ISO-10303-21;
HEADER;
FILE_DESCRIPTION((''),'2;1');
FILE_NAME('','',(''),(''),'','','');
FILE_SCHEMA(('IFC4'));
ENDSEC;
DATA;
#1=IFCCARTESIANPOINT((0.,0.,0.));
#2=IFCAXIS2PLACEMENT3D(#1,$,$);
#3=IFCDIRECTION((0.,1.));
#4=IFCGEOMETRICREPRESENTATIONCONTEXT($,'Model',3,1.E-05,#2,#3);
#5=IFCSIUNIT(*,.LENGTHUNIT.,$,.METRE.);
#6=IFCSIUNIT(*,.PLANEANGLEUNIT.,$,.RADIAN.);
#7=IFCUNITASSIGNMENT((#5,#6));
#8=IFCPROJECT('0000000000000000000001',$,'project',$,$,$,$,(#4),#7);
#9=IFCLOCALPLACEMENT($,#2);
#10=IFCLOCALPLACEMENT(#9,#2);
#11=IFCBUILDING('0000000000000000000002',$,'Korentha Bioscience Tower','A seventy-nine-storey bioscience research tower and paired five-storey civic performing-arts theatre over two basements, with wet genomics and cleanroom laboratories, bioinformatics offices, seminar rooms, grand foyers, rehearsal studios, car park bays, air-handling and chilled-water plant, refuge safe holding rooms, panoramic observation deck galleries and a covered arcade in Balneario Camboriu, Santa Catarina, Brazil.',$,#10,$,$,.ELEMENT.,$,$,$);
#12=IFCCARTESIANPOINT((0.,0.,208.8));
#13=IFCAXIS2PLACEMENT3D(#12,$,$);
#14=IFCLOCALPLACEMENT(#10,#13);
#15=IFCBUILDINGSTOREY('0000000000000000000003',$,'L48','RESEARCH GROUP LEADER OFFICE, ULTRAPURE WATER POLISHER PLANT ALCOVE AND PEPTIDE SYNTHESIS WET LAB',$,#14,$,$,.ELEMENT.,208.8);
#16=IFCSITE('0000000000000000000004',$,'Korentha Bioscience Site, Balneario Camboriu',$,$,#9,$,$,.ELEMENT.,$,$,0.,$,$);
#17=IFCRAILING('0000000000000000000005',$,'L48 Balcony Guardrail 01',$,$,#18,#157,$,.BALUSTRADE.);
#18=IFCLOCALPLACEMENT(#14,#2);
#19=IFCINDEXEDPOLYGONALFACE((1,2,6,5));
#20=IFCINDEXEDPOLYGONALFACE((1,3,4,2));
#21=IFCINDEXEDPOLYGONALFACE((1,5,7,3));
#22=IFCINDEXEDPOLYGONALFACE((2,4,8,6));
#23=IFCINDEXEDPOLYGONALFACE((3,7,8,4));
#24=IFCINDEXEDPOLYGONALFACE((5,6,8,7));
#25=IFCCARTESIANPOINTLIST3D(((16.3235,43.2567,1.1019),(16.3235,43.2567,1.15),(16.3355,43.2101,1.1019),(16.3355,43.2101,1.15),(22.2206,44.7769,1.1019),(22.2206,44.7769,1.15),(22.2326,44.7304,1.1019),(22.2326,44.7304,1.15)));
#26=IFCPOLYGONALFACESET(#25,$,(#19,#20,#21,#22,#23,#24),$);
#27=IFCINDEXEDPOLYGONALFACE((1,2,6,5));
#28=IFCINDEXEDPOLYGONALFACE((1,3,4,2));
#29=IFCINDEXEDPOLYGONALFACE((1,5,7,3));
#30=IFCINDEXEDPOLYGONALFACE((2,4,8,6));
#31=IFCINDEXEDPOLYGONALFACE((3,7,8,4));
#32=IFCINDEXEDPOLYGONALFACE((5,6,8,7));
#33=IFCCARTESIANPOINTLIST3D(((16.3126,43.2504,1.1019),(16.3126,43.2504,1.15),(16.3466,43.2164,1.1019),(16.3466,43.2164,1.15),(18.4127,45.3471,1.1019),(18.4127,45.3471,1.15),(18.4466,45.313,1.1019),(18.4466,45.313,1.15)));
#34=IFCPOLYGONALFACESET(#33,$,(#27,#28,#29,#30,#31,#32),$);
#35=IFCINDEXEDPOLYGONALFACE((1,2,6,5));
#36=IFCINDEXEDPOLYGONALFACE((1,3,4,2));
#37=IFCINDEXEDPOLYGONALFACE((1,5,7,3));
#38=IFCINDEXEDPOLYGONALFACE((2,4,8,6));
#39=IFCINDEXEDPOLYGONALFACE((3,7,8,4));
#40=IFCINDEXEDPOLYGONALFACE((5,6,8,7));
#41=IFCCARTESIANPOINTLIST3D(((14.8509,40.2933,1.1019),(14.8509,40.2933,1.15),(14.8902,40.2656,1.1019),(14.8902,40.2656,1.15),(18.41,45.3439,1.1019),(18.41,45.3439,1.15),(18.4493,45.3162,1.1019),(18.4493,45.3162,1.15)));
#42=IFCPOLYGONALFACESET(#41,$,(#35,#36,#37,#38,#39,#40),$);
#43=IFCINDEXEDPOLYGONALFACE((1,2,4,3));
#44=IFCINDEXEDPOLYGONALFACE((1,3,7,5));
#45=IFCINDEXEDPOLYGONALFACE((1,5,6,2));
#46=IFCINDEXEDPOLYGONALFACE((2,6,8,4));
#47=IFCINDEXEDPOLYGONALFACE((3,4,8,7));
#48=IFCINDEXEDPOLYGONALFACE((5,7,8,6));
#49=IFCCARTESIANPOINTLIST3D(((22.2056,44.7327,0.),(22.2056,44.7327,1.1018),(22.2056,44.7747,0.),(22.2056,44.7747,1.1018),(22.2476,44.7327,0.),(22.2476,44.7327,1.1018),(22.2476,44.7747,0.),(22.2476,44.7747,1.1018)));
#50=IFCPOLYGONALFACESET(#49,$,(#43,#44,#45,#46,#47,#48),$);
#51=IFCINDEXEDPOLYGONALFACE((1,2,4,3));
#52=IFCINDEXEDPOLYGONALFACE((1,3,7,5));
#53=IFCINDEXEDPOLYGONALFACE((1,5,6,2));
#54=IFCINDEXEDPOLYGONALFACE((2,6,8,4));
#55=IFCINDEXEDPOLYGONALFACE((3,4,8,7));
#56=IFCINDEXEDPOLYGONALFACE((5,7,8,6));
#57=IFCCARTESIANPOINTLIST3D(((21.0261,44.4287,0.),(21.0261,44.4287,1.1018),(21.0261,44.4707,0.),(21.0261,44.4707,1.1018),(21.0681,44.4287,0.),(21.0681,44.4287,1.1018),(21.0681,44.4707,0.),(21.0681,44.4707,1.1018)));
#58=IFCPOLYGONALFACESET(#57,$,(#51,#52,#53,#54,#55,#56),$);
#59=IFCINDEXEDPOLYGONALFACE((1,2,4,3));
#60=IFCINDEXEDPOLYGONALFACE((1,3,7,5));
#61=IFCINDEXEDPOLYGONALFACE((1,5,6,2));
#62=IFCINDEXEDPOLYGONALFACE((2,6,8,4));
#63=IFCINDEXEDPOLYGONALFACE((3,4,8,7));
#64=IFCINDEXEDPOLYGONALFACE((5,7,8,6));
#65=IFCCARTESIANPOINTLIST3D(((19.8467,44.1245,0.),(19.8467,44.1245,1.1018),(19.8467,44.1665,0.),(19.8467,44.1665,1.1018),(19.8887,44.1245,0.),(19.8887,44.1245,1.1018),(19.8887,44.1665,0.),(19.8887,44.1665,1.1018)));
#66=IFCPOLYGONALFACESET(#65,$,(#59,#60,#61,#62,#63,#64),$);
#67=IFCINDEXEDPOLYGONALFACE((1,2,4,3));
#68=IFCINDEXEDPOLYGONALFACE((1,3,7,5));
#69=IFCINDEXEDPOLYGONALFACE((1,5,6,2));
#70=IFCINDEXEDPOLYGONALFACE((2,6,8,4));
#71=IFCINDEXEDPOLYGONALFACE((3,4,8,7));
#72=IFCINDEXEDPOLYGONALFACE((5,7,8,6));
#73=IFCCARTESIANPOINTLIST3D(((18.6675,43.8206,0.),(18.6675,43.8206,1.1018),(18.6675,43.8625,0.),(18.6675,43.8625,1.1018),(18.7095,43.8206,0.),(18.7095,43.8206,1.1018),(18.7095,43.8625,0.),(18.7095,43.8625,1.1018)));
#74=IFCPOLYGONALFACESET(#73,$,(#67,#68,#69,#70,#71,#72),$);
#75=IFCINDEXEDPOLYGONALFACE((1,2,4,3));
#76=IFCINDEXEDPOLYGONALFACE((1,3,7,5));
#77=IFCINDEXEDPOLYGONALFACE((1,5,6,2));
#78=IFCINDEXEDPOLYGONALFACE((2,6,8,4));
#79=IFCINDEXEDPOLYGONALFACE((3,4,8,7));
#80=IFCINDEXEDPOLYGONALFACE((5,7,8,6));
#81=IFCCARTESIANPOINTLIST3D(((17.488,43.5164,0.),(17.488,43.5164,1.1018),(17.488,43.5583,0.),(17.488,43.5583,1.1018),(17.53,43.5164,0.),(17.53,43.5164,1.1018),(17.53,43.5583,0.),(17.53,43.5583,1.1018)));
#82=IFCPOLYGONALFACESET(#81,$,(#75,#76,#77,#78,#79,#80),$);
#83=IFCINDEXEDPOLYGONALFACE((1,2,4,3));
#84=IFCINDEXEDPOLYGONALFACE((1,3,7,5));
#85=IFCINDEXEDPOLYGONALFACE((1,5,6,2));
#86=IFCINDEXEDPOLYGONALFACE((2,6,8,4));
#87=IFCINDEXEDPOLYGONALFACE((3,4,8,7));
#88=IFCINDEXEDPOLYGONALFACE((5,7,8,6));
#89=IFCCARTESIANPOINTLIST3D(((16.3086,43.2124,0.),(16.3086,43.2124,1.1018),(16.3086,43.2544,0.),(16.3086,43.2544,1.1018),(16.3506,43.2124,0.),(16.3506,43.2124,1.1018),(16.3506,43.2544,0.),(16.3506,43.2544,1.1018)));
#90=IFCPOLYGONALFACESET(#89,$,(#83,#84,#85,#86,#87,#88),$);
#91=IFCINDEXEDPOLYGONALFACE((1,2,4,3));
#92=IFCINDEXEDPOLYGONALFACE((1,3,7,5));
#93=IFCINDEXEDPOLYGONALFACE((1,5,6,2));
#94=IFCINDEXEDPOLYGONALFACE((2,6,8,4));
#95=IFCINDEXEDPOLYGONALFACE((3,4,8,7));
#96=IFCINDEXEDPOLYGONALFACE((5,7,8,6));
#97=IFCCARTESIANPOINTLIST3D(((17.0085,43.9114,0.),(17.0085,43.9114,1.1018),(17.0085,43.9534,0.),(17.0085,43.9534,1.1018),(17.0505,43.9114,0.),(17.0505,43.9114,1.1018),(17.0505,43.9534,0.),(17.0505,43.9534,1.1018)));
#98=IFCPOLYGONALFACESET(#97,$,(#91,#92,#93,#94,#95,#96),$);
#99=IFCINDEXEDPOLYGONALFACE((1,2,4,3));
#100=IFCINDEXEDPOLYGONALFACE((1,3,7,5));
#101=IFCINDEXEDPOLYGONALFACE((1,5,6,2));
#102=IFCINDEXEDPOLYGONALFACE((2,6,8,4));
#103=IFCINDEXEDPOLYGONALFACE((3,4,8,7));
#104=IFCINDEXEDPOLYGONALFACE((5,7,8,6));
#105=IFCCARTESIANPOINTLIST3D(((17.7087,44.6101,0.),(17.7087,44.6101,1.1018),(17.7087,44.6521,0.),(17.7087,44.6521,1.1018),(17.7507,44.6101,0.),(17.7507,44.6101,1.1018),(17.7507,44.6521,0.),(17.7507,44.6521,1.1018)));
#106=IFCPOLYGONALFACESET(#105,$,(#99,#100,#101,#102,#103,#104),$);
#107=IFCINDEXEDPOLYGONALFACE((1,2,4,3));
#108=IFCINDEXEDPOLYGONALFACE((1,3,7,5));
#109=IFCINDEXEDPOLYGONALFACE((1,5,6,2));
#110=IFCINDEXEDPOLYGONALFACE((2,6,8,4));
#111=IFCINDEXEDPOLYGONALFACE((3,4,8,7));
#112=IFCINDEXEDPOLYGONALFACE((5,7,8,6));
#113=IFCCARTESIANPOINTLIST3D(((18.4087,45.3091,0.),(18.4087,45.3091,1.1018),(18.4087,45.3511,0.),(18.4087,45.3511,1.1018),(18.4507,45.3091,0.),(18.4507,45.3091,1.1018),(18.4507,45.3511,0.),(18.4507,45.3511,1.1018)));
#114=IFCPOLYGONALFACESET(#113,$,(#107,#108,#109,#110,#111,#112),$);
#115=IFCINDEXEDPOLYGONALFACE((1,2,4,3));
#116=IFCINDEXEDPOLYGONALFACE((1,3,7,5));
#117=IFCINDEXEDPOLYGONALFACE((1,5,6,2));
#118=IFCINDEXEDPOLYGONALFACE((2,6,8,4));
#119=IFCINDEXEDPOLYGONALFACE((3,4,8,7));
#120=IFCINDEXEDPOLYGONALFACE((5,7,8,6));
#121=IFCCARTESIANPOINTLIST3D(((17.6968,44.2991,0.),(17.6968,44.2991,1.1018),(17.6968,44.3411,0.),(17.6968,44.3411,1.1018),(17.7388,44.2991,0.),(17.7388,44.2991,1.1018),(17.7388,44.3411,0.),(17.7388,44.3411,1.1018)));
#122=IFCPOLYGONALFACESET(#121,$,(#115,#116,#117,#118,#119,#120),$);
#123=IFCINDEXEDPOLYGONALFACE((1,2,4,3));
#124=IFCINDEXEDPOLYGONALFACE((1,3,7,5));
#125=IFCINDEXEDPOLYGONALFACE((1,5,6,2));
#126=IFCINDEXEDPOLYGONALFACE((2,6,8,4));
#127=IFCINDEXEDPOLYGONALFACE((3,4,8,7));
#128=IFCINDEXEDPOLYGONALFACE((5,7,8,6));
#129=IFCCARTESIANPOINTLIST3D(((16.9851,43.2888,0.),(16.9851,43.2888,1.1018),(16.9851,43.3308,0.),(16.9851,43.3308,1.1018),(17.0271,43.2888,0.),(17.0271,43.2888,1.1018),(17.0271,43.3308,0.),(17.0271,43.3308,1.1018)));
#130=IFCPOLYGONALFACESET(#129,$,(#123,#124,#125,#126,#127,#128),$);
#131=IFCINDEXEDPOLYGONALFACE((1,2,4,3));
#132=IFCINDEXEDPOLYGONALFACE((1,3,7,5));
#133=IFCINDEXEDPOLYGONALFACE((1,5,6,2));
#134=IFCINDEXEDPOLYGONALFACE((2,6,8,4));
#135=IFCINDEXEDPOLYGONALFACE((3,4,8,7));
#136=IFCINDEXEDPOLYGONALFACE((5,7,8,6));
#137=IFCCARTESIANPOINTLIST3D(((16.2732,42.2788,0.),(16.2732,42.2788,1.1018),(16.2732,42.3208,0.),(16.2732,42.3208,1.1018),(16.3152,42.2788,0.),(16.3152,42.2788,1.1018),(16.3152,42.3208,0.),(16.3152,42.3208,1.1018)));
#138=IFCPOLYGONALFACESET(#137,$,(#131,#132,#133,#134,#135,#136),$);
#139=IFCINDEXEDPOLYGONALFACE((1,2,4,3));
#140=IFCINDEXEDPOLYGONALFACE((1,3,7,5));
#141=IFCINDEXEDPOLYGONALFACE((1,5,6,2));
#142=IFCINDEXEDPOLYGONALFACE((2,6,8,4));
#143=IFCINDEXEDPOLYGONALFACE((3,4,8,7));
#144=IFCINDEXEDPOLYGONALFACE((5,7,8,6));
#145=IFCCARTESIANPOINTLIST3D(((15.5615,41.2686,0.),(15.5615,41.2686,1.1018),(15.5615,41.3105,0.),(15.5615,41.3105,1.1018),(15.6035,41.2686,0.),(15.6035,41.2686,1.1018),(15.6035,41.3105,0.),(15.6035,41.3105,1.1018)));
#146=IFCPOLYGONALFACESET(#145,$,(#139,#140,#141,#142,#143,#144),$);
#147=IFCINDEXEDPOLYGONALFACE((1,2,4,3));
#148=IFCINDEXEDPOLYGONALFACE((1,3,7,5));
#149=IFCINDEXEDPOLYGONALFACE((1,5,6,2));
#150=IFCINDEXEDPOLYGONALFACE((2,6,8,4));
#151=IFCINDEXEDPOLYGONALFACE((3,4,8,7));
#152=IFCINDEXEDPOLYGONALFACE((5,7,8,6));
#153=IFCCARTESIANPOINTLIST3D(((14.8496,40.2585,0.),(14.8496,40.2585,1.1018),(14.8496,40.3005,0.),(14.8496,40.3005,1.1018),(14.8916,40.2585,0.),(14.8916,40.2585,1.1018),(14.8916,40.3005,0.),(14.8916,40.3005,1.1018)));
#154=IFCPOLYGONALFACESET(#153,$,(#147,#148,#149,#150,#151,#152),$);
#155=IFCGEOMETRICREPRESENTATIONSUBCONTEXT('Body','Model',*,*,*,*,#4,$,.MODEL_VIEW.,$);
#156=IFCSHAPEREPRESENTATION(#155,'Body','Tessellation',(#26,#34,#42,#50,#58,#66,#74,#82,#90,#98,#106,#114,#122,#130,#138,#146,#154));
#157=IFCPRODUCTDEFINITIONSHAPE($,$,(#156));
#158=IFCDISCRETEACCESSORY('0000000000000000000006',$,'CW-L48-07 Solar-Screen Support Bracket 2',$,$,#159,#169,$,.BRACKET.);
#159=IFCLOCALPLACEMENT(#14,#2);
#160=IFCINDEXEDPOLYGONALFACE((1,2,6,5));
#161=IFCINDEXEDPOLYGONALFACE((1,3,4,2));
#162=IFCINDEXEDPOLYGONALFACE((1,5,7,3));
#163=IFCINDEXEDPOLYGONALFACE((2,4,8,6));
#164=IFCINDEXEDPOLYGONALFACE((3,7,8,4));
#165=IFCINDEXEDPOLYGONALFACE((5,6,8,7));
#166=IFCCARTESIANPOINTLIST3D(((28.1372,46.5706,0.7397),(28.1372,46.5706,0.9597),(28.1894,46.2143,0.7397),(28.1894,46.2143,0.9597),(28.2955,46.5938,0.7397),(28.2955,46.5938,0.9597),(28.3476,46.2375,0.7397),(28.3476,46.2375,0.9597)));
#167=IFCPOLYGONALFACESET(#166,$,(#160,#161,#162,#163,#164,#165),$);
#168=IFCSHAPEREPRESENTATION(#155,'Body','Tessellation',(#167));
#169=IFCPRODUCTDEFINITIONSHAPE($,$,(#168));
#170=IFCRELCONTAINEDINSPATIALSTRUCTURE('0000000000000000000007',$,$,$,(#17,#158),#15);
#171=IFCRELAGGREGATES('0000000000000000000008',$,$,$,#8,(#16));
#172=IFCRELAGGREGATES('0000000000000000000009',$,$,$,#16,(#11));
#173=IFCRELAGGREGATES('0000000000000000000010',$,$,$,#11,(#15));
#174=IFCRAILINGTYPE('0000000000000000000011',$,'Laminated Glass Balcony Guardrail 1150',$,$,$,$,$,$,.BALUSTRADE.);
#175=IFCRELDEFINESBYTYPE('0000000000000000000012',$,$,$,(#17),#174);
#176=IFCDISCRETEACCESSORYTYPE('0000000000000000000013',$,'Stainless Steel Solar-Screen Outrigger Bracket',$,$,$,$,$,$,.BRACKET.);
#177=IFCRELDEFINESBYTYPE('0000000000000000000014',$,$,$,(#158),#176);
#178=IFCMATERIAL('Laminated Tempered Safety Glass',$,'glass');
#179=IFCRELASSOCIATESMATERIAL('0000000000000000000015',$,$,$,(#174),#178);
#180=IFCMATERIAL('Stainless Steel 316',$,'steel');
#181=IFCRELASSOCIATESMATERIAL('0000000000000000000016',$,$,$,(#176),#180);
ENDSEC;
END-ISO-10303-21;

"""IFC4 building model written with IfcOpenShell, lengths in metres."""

from ifc_helpers import new_model, si_unit, direction, frame, origin, origin_2d, place, context, subcontext, project, spatial, rectangle, extrude, material, type_object, element, save


model = new_model("IFC4")

# Units and contexts
model_context = context("Model", 3, precision=1e-05, world=origin(), true_north=direction((0.0, 1.0)))
body_context = subcontext(model_context, "Body", "Model", "MODEL_VIEW")
ifc_project = project(units=[si_unit("LENGTHUNIT", "METRE"), si_unit("PLANEANGLEUNIT", "RADIAN")], contexts=[model_context])

# Site, building, storey
site_placement = place(None, origin())
site = spatial("IfcSite", under=ifc_project, at=site_placement, Name="Korentha Bioscience Site, Balneario Camboriu", CompositionType="ELEMENT", RefElevation=0.0)
building_placement = place(site_placement, origin())
building = spatial("IfcBuilding", under=site, at=building_placement, Name="Korentha Bioscience Tower", Description="A seventy-nine-storey bioscience research tower and paired five-storey civic performing-arts theatre over two basements, with wet genomics and cleanroom laboratories, bioinformatics offices, seminar rooms, grand foyers, rehearsal studios, car park bays, air-handling and chilled-water plant, refuge safe holding rooms, panoramic observation deck galleries and a covered arcade in Balneario Camboriu, Santa Catarina, Brazil.", CompositionType="ELEMENT")
storey_placement = place(building_placement, frame((0.0, 0.0, 208.8)))
storey = spatial("IfcBuildingStorey", under=building, at=storey_placement, Name="L48", Description="RESEARCH GROUP LEADER OFFICE, ULTRAPURE WATER POLISHER PLANT ALCOVE AND PEPTIDE SYNTHESIS WET LAB", CompositionType="ELEMENT", Elevation=208.8)

# Railing
ifc_material_1 = material(Name="Laminated Tempered Safety Glass", Category="glass")
railing_type = type_object("IfcRailingType", Name="Laminated Glass Balcony Guardrail 1150", PredefinedType="BALUSTRADE", material=ifc_material_1)
railing_placement = place(storey_placement, frame((22.2266, 44.7537, 0.0)))
element("IfcRailing", 1, at=railing_placement, inside=storey, type_object=railing_type, Name="L48 Balcony Guardrail 01", PredefinedType="BALUSTRADE", context=body_context, shape_type="SweptSolid", body=[
    extrude(rectangle(XDim=0.0481, YDim=0.0481, at=origin_2d()), frame((0.0, 0.0, 1.126), z_axis=(-0.968338, -0.249642, 0.0), x_axis=(0.249642, -0.968338, 0.0)), (0.0, 0.0, 1.0), 6.0898),
    extrude(rectangle(XDim=0.0481, YDim=0.0481, at=origin_2d()), frame((-5.897, -1.5203, 1.126), z_axis=(0.707682, 0.706531, 0.0), x_axis=(-0.706531, 0.707682, 0.0)), (0.0, 0.0, 1.0), 2.9675),
    extrude(rectangle(XDim=0.0481, YDim=0.0481, at=origin_2d()), frame((-3.7969, 0.5764, 1.126), z_axis=(-0.576035, -0.817425, 0.0), x_axis=(0.817425, -0.576035, 0.0)), (0.0, 0.0, 1.0), 6.1787),
    extrude(rectangle(XDim=0.042, YDim=0.042, at=origin_2d()), origin(), (0.0, 0.0, 1.0), 1.1018),
    extrude(rectangle(XDim=0.042, YDim=0.042, at=origin_2d()), frame((-1.1794, -0.304, 0.0)), (0.0, 0.0, 1.0), 1.1018),
    extrude(rectangle(XDim=0.042, YDim=0.042, at=origin_2d()), frame((-2.3589, -0.6082, 0.0)), (0.0, 0.0, 1.0), 1.1018),
    extrude(rectangle(XDim=0.042, YDim=0.042, at=origin_2d()), frame((-3.5381, -0.9121, 0.0)), (0.0, 0.0, 1.0), 1.1018),
    extrude(rectangle(XDim=0.042, YDim=0.042, at=origin_2d()), frame((-4.7175, -1.2163, 0.0)), (0.0, 0.0, 1.0), 1.1018),
    extrude(rectangle(XDim=0.042, YDim=0.042, at=origin_2d()), frame((-5.897, -1.5203, 0.0)), (0.0, 0.0, 1.0), 1.1018),
    extrude(rectangle(XDim=0.042, YDim=0.042, at=origin_2d()), frame((-5.197, -0.8213, 0.0)), (0.0, 0.0, 1.0), 1.1018),
    extrude(rectangle(XDim=0.042, YDim=0.042, at=origin_2d()), frame((-4.4968, -0.1226, 0.0)), (0.0, 0.0, 1.0), 1.1018),
    extrude(rectangle(XDim=0.042, YDim=0.042, at=origin_2d()), frame((-3.7969, 0.5764, 0.0)), (0.0, 0.0, 1.0), 1.1018),
    extrude(rectangle(XDim=0.042, YDim=0.042, at=origin_2d()), frame((-4.5088, -0.4336, 0.0)), (0.0, 0.0, 1.0), 1.1018),
    extrude(rectangle(XDim=0.042, YDim=0.042, at=origin_2d()), frame((-5.2205, -1.4438, 0.0)), (0.0, 0.0, 1.0), 1.1018),
    extrude(rectangle(XDim=0.042, YDim=0.042, at=origin_2d()), frame((-5.9324, -2.4539, 0.0)), (0.0, 0.0, 1.0), 1.1018),
    extrude(rectangle(XDim=0.042, YDim=0.042, at=origin_2d()), frame((-6.644, -3.4641, 0.0)), (0.0, 0.0, 1.0), 1.1018),
    extrude(rectangle(XDim=0.042, YDim=0.042, at=origin_2d()), frame((-7.356, -4.4741, 0.0)), (0.0, 0.0, 1.0), 1.1018),
])

# Discrete accessory
ifc_material_2 = material(Name="Stainless Steel 316", Category="steel")
discrete_accessory_type = type_object("IfcDiscreteAccessoryType", Name="Stainless Steel Solar-Screen Outrigger Bracket", PredefinedType="BRACKET", material=ifc_material_2)
discrete_accessory_placement = place(storey_placement, frame((28.2424, 46.4041, 0.7397), z_axis=(0.0, 0.0, 1.0), x_axis=(-0.989449, -0.144878, 0.0)))
element("IfcDiscreteAccessory", 2, at=discrete_accessory_placement, inside=storey, type_object=discrete_accessory_type, Name="CW-L48-07 Solar-Screen Support Bracket 2", PredefinedType="BRACKET", context=body_context, shape_type="SweptSolid", body=[
    extrude(rectangle(XDim=0.1599, YDim=0.3601, at=origin_2d()), origin(), (0.0, 0.0, 1.0), 0.22),
])

save(model, "model.ifc")
